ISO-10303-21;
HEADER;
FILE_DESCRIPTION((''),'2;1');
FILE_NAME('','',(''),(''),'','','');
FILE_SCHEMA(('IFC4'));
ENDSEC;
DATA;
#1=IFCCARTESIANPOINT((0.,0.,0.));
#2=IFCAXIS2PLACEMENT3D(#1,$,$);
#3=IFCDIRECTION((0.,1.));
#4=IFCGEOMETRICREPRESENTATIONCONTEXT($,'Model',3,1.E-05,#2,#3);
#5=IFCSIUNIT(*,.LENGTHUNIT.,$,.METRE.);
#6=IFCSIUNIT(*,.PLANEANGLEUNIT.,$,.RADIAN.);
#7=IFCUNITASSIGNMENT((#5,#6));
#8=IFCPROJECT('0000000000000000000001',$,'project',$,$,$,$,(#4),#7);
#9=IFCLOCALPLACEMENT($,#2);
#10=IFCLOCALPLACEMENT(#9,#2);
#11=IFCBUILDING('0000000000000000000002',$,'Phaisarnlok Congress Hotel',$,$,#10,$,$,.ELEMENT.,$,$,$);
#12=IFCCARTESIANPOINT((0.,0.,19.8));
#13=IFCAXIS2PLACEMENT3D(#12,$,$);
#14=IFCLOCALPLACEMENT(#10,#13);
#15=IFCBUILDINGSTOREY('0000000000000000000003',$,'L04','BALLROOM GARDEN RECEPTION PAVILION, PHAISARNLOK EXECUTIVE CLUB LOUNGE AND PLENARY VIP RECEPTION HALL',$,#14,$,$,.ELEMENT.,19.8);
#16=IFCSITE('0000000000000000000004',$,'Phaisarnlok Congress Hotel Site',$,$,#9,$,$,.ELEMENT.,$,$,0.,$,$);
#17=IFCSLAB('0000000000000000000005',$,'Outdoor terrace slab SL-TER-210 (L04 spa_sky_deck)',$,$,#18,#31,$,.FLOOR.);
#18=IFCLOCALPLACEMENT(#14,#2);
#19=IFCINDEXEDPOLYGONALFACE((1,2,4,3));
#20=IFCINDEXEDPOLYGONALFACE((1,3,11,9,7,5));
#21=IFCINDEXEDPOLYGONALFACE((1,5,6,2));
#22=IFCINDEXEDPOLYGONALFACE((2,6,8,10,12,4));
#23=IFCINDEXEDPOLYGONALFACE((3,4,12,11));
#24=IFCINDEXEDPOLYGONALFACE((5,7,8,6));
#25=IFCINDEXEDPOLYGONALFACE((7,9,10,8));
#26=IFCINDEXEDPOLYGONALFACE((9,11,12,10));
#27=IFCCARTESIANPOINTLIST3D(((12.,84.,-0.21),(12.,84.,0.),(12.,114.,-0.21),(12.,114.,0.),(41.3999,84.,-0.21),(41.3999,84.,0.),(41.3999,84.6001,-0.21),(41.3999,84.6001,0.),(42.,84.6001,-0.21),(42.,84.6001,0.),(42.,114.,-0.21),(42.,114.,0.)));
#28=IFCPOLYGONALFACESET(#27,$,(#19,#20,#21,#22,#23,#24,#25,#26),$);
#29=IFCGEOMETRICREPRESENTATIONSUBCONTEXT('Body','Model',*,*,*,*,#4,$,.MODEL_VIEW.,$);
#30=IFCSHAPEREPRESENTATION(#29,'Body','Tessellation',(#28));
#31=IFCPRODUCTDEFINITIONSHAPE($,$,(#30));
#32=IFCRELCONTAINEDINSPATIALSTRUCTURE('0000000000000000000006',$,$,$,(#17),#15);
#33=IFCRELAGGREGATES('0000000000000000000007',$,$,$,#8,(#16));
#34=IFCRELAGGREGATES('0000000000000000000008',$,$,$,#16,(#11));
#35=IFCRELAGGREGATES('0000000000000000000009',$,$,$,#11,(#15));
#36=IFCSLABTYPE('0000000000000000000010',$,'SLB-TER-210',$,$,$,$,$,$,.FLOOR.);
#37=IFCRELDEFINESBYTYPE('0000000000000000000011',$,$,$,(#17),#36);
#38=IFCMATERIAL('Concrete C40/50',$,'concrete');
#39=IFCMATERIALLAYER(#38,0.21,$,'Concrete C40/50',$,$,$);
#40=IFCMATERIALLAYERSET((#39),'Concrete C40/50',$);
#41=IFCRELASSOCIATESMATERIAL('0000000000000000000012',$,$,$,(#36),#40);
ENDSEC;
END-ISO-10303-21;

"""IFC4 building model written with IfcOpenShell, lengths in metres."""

from ifc_helpers import new_model, si_unit, direction, frame, origin, place, context, subcontext, project, spatial, polyline, outline, extrude, material, layer, layer_set, type_object, element, save


model = new_model("IFC4")

# Units and contexts
model_context = context("Model", 3, precision=1e-05, world=origin(), true_north=direction((0.0, 1.0)))
body_context = subcontext(model_context, "Body", "Model", "MODEL_VIEW")
ifc_project = project(units=[si_unit("LENGTHUNIT", "METRE"), si_unit("PLANEANGLEUNIT", "RADIAN")], contexts=[model_context])

# Site, building, storey
site_placement = place(None, origin())
site = spatial("IfcSite", under=ifc_project, at=site_placement, Name="Phaisarnlok Congress Hotel Site", CompositionType="ELEMENT", RefElevation=0.0)
building_placement = place(site_placement, origin())
building = spatial("IfcBuilding", under=site, at=building_placement, Name="Phaisarnlok Congress Hotel", CompositionType="ELEMENT")
storey_placement = place(building_placement, frame((0.0, 0.0, 19.8)))
storey = spatial("IfcBuildingStorey", under=building, at=storey_placement, Name="L04", Description="BALLROOM GARDEN RECEPTION PAVILION, PHAISARNLOK EXECUTIVE CLUB LOUNGE AND PLENARY VIP RECEPTION HALL", CompositionType="ELEMENT", Elevation=19.8)

# Shared definitions
ifc_material_1 = material(Name="Concrete C40/50", Category="concrete")

# Slab
ifc_layer_1 = layer(ifc_material_1, 0.21, Name="Concrete C40/50")
ifc_layer_set_1 = layer_set([ifc_layer_1], Name="Concrete C40/50")
slab_type_1 = type_object("IfcSlabType", Name="SLB-TER-210", PredefinedType="FLOOR", material=ifc_layer_set_1)
slab_1_placement = place(storey_placement, frame((0.0, 0.0, -0.21)))
element("IfcSlab", 1, at=slab_1_placement, inside=storey, type_object=slab_type_1, Name="Outdoor terrace slab SL-TER-210 (L04 spa_sky_deck)", PredefinedType="FLOOR", context=body_context, shape_type="SweptSolid", body=[
    extrude(outline(polyline([(12.0, 84.0), (41.3999, 84.0), (41.3999, 84.6001), (42.0, 84.6001), (42.0, 114.0), (12.0, 114.0), (12.0, 84.0)])), origin(), (0.0, 0.0, 1.0), 0.21),
])

save(model, "model.ifc")
